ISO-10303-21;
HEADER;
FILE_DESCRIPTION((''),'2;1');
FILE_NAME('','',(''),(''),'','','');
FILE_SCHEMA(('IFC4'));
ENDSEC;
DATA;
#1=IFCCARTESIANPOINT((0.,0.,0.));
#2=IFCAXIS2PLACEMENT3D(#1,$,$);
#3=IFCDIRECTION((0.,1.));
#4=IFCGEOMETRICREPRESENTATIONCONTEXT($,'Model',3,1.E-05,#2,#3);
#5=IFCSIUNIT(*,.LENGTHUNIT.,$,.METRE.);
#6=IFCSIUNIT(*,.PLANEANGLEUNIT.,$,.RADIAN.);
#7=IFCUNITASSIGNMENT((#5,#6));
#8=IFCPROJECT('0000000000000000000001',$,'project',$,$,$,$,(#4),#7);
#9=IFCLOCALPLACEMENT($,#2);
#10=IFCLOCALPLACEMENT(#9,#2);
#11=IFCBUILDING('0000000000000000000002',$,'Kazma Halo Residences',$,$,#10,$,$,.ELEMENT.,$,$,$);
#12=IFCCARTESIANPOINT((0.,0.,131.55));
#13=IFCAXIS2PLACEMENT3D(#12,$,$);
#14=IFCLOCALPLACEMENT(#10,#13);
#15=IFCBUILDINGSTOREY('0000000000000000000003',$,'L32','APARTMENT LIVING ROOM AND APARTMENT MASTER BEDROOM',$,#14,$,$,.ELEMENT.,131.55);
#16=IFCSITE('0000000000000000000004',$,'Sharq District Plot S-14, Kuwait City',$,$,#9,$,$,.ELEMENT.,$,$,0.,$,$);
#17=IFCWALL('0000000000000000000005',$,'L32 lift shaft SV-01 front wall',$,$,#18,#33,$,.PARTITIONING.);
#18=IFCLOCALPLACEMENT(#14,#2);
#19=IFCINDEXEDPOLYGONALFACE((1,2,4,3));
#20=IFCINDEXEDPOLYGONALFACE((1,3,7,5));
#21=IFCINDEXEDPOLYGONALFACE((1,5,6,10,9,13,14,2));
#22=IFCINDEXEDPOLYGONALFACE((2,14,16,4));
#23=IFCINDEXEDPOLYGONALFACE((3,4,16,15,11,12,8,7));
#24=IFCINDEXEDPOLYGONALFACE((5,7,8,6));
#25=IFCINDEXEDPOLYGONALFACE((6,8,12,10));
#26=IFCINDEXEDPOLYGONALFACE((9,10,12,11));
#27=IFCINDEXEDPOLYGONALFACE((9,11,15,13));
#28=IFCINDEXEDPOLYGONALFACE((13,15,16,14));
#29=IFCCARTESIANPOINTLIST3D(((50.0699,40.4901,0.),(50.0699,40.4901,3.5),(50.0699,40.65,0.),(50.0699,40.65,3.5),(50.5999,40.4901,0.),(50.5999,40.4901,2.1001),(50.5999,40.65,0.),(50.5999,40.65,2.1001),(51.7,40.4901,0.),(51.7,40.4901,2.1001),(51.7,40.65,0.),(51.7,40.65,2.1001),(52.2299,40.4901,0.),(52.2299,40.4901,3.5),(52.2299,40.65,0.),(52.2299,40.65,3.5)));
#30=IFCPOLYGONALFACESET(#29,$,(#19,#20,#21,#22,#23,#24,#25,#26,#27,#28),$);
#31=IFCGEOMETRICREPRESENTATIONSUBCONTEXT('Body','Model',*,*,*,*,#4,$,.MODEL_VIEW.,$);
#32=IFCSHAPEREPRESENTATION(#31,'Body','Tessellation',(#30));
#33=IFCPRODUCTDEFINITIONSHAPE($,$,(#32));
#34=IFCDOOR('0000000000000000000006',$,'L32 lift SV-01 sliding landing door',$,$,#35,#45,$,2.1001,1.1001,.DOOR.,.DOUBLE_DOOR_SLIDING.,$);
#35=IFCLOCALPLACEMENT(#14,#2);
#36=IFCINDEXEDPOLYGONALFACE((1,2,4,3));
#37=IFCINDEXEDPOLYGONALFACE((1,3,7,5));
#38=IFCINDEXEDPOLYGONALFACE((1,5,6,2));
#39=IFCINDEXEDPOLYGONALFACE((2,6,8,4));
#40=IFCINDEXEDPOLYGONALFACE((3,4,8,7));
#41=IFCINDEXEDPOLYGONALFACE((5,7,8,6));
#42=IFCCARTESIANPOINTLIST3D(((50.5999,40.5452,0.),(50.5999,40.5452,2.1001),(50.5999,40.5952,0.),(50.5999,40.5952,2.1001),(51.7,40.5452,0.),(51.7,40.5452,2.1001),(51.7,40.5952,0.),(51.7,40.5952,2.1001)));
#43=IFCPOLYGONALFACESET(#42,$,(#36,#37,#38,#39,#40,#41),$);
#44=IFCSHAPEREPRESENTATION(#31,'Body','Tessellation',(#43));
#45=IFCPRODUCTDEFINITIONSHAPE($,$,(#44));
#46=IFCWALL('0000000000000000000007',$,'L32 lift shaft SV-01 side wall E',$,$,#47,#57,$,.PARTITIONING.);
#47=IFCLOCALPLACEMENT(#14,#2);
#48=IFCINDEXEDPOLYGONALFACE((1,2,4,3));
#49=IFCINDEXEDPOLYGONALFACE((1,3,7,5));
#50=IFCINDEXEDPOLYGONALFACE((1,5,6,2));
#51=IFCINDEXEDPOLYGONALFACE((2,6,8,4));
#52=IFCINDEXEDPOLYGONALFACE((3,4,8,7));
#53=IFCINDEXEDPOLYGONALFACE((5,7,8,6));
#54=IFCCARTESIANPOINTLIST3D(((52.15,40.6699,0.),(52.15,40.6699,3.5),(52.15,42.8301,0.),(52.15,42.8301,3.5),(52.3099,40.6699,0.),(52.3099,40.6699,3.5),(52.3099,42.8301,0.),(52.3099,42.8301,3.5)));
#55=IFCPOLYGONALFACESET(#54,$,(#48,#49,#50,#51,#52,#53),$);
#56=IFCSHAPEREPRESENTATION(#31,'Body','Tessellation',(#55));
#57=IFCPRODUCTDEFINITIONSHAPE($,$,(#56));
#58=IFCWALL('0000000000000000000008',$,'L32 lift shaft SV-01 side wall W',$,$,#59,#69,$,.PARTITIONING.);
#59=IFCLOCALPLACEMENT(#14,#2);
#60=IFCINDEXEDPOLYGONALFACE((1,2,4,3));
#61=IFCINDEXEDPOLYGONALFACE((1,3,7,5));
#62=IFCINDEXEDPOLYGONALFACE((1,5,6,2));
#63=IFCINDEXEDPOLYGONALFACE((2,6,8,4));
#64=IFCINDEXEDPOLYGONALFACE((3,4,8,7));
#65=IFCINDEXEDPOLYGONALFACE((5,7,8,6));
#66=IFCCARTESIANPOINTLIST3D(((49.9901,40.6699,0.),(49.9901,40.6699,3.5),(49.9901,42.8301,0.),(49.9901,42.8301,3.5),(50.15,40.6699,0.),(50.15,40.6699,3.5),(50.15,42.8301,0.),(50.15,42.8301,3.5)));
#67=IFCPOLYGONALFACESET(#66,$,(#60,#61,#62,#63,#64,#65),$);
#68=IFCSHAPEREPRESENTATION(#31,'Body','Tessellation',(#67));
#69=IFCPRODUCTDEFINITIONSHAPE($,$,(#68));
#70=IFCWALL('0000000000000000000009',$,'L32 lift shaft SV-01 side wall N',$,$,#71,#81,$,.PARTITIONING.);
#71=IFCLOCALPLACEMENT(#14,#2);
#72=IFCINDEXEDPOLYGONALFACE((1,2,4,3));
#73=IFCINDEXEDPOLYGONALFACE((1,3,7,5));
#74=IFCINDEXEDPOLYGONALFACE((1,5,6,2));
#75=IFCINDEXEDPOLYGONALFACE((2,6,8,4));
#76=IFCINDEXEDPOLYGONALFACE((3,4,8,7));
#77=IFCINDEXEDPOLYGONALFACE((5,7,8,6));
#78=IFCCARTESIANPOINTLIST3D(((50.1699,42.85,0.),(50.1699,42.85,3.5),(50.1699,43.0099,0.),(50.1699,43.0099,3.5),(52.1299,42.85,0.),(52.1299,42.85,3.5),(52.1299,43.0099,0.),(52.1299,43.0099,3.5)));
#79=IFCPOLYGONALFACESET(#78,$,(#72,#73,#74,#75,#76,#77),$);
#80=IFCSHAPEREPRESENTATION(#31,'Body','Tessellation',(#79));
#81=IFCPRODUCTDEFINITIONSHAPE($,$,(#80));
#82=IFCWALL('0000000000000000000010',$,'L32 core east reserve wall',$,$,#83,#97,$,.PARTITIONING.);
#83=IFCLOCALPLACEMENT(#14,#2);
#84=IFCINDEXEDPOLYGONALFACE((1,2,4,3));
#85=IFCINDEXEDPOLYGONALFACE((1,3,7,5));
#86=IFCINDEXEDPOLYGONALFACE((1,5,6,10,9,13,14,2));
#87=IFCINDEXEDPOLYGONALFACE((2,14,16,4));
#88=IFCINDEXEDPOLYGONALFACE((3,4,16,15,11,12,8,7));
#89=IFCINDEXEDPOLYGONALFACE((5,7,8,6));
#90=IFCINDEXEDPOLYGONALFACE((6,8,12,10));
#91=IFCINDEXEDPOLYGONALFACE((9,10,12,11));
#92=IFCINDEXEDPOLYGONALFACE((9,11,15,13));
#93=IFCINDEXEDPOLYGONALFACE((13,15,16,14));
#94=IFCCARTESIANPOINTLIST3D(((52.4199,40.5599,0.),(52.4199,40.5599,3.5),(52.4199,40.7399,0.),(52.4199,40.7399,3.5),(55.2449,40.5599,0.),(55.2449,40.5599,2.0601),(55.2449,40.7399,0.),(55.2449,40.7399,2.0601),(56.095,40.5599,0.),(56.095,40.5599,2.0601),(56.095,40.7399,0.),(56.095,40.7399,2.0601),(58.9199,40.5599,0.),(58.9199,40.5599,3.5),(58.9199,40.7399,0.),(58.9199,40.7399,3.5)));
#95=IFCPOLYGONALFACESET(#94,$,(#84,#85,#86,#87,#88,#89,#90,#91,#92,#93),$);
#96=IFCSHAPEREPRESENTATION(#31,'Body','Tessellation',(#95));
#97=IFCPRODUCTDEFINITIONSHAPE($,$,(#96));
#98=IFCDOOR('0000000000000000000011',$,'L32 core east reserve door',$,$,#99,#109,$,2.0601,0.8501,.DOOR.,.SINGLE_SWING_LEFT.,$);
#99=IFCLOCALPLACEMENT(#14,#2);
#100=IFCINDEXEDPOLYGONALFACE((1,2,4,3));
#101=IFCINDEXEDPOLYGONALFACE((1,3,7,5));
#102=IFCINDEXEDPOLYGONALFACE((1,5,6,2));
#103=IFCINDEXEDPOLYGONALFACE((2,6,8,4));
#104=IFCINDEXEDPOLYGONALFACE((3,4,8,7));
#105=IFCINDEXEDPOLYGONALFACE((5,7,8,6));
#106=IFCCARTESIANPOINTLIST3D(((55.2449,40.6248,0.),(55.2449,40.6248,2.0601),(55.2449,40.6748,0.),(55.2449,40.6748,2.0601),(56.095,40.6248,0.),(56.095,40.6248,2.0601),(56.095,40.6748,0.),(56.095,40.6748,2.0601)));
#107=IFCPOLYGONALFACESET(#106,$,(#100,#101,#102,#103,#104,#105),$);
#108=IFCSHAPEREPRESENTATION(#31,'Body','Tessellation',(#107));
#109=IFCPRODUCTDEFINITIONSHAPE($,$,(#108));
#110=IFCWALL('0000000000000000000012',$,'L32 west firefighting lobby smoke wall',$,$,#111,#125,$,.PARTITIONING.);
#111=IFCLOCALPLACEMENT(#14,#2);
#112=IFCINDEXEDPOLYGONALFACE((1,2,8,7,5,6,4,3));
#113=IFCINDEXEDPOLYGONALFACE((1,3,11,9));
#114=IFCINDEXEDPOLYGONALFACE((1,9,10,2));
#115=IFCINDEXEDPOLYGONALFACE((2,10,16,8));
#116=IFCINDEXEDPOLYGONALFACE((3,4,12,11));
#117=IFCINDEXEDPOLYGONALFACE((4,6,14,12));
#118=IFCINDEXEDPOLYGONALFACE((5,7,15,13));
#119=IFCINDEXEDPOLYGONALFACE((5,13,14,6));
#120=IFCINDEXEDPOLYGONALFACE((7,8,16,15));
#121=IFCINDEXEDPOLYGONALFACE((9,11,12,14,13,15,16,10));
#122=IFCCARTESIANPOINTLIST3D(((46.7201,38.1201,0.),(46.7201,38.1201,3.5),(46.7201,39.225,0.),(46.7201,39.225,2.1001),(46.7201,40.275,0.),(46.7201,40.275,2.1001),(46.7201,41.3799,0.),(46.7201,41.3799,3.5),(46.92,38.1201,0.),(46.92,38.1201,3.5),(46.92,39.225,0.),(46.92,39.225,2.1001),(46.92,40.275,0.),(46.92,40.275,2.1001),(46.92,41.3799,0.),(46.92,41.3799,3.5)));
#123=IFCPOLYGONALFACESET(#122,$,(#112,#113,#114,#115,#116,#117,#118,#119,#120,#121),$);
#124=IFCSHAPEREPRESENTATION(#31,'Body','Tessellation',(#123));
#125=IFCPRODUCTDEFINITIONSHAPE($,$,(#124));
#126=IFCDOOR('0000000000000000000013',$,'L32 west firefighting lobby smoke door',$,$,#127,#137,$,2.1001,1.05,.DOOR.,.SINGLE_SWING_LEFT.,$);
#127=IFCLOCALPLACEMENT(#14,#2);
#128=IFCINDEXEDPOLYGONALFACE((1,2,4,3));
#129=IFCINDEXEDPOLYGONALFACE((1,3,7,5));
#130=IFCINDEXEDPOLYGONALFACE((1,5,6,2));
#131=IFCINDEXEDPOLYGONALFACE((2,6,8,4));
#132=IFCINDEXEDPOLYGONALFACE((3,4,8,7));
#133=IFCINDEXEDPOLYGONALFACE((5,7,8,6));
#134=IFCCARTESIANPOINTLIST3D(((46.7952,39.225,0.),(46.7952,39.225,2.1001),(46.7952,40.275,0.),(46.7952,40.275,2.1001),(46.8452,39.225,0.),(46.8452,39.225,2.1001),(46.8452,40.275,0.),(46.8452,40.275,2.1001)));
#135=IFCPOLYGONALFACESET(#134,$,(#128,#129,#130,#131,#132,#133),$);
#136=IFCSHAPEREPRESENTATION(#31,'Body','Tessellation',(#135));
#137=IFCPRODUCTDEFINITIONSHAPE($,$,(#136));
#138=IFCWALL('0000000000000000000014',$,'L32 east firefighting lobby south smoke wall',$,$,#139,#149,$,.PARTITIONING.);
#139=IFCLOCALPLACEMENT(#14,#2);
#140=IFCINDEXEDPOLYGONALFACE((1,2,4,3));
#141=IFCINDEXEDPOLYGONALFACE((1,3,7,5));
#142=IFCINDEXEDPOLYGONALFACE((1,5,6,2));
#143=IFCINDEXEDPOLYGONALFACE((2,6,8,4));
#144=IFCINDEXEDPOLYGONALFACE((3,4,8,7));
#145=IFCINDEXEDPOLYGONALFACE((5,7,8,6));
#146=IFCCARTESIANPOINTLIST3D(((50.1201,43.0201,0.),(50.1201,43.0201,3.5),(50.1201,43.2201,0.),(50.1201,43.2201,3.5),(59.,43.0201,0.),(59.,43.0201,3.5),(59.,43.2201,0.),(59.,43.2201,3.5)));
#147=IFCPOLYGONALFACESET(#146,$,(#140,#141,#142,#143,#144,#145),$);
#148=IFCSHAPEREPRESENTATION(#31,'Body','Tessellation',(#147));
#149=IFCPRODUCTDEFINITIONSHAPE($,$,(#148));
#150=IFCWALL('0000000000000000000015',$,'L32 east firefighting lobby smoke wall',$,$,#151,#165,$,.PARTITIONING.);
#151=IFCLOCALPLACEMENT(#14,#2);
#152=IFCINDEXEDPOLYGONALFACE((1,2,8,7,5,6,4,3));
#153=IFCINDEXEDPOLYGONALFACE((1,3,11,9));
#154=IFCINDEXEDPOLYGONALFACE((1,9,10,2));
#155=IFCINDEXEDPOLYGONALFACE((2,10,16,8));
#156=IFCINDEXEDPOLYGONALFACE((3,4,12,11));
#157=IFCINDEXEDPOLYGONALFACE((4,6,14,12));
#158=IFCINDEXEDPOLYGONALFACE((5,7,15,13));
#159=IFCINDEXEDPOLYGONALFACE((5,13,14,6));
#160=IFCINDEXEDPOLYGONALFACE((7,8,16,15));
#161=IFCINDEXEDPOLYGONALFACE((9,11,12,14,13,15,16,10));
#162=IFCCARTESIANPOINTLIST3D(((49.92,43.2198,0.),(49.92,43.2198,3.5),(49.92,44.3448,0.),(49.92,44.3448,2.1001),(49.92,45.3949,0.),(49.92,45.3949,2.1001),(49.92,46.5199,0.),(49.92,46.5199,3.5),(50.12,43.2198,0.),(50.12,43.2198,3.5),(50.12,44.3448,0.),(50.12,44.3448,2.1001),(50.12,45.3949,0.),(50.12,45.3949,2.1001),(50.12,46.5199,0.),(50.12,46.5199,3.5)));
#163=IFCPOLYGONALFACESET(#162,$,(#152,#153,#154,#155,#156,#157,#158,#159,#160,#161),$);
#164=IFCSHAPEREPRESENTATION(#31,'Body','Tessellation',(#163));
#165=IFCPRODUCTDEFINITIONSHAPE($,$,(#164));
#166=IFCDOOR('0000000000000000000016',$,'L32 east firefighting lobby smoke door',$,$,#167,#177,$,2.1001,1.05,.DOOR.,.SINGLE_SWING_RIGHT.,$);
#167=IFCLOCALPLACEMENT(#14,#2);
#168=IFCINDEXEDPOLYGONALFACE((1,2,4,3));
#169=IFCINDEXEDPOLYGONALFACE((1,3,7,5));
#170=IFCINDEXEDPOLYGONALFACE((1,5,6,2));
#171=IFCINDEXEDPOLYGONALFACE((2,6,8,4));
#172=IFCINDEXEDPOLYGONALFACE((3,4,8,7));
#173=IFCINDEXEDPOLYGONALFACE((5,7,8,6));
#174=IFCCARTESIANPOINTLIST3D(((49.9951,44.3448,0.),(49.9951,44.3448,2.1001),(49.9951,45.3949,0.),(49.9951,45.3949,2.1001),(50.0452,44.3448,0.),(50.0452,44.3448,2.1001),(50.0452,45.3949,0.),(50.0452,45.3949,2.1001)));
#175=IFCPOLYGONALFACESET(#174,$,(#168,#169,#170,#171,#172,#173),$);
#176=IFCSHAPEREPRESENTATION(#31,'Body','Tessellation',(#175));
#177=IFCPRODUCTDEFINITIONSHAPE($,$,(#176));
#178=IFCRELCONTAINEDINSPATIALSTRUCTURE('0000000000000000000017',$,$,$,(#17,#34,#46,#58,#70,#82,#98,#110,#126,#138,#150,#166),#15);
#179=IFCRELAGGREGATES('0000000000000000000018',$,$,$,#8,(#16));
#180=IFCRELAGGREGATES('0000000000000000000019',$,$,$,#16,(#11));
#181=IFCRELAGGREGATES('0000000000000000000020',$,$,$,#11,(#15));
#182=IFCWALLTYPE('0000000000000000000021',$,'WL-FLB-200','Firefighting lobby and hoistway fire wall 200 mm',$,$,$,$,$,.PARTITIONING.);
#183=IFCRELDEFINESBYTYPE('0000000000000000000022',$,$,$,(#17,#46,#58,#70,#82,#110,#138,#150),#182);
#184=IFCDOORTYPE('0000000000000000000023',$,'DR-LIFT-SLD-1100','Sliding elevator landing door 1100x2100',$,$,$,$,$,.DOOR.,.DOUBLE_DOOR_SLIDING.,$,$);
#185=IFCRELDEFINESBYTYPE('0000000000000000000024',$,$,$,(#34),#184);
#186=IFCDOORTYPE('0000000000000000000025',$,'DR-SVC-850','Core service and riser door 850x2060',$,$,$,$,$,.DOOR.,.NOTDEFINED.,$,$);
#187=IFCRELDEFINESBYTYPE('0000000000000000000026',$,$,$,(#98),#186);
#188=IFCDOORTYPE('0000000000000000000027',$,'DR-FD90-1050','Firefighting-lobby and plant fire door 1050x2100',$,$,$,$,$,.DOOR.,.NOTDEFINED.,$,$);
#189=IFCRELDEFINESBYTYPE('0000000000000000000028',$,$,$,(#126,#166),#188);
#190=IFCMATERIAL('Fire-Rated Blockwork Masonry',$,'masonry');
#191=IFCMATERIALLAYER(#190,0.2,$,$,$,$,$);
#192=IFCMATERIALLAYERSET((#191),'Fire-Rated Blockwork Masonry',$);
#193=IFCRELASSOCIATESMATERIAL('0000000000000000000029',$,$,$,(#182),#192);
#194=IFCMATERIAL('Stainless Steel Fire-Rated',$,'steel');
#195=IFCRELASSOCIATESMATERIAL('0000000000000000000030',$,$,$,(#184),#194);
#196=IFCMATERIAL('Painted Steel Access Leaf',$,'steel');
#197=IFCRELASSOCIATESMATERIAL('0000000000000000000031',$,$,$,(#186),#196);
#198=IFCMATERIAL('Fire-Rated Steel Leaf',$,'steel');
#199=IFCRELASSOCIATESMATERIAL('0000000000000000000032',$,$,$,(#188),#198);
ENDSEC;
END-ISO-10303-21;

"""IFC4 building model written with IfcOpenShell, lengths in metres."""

from ifc_helpers import new_model, si_unit, direction, frame, frame_2d, origin, place, context, subcontext, project, spatial, rectangle, extrude, material, layer, layer_set, type_object, element, fill, save


model = new_model("IFC4")

# Units and contexts
model_context = context("Model", 3, precision=1e-05, world=origin(), true_north=direction((0.0, 1.0)))
body_context = subcontext(model_context, "Body", "Model", "MODEL_VIEW")
ifc_project = project(units=[si_unit("LENGTHUNIT", "METRE"), si_unit("PLANEANGLEUNIT", "RADIAN")], contexts=[model_context])

# Site, building, storey
site_placement = place(None, origin())
site = spatial("IfcSite", under=ifc_project, at=site_placement, Name="Sharq District Plot S-14, Kuwait City", CompositionType="ELEMENT", RefElevation=0.0)
building_placement = place(site_placement, origin())
building = spatial("IfcBuilding", under=site, at=building_placement, Name="Kazma Halo Residences", CompositionType="ELEMENT")
storey_placement = place(building_placement, frame((0.0, 0.0, 131.55)))
storey = spatial("IfcBuildingStorey", under=building, at=storey_placement, Name="L32", Description="APARTMENT LIVING ROOM AND APARTMENT MASTER BEDROOM", CompositionType="ELEMENT", Elevation=131.55)

# Shared definitions
ifc_material_1 = material(Name="Fire-Rated Blockwork Masonry", Category="masonry")
ifc_layer_1 = layer(ifc_material_1, 0.2)
ifc_layer_set_1 = layer_set([ifc_layer_1], Name="Fire-Rated Blockwork Masonry")
wall_type_1 = type_object("IfcWallType", Name="WL-FLB-200", Description="Firefighting lobby and hoistway fire wall 200 mm", PredefinedType="PARTITIONING", material=ifc_layer_set_1)

# Wall, opening, door
wall_1_placement = place(storey_placement, frame((52.23, 40.5701, 0.0), z_axis=(0.0, 0.0, 1.0), x_axis=(-1.0, 0.0, 0.0)))
wall_1 = element("IfcWall", 1, at=wall_1_placement, inside=storey, type_object=wall_type_1, Name="L32 lift shaft SV-01 front wall", PredefinedType="PARTITIONING", context=body_context, shape_type="SweptSolid", body=[
    extrude(rectangle(XDim=2.1599, YDim=0.1599, at=frame_2d((1.0801, 0.0))), origin(), (0.0, 0.0, 1.0), 3.5),
])
opening_1_placement = place(wall_1_placement, frame((0.53, 0.0, 0.0)))
opening_1 = element("IfcOpeningElement", 2, at=opening_1_placement, cuts=wall_1, PredefinedType="OPENING", context=body_context, shape_type="SweptSolid", body=[
    extrude(rectangle(XDim=1.1001, YDim=2.1001, at=frame_2d((0.55, 1.05))), frame((0.0, 0.0898, 0.0), z_axis=(0.0, -1.0, 0.0), x_axis=(1.0, 0.0, 0.0)), (0.0, 0.0, 1.0), 0.1799),
])
ifc_material_2 = material(Name="Stainless Steel Fire-Rated", Category="steel")
door_type_1 = type_object("IfcDoorType", Name="DR-LIFT-SLD-1100", Description="Sliding elevator landing door 1100x2100", OperationType="DOUBLE_DOOR_SLIDING", PredefinedType="DOOR", material=ifc_material_2)
door_1_placement = place(opening_1_placement, origin())
door_1 = element("IfcDoor", 3, at=door_1_placement, inside=storey, type_object=door_type_1, Name="L32 lift SV-01 sliding landing door", OperationType="DOUBLE_DOOR_SLIDING", OverallHeight=2.1001, OverallWidth=1.1001, PredefinedType="DOOR", context=body_context, shape_type="SweptSolid", body=[
    extrude(rectangle(XDim=1.1001, YDim=2.1001, at=frame_2d((0.55, 1.05))), frame((0.0, 0.0249, 0.0), z_axis=(0.0, -1.0, 0.0), x_axis=(1.0, 0.0, 0.0)), (0.0, 0.0, 1.0), 0.05),
])
fill(opening_1, door_1)

# Walls
for number, where, z_axis, x_axis, name in (
    (4, (52.23, 40.6699, 0.0), (0.0, 0.0, 1.0), (0.0, 1.0, 0.0), "L32 lift shaft SV-01 side wall E"),
    (5, (50.0701, 40.6699, 0.0), (0.0, 0.0, 1.0), (0.0, 1.0, 0.0), "L32 lift shaft SV-01 side wall W"),
):
    element("IfcWall", number, at=place(storey_placement, frame(where, z_axis=z_axis, x_axis=x_axis)), inside=storey, type_object=wall_type_1, Name=name, PredefinedType="PARTITIONING", context=body_context, shape_type="SweptSolid", body=[
        extrude(rectangle(XDim=2.1602, YDim=0.1599, at=frame_2d((1.0801, 0.0))), origin(), (0.0, 0.0, 1.0), 3.5),
    ])
wall_2_placement = place(storey_placement, frame((50.1699, 42.9299, 0.0), z_axis=(0.0, 0.0, 1.0), x_axis=(1.0, 0.0, 0.0)))
element("IfcWall", 6, at=wall_2_placement, inside=storey, type_object=wall_type_1, Name="L32 lift shaft SV-01 side wall N", PredefinedType="PARTITIONING", context=body_context, shape_type="SweptSolid", body=[
    extrude(rectangle(XDim=1.96, YDim=0.1599, at=frame_2d((0.98, 0.0))), origin(), (0.0, 0.0, 1.0), 3.5),
])

# Walls, openings, doors
wall_3_placement = place(storey_placement, frame((52.4199, 40.6499, 0.0), z_axis=(0.0, 0.0, 1.0), x_axis=(1.0, 0.0, 0.0)))
wall_3 = element("IfcWall", 7, at=wall_3_placement, inside=storey, type_object=wall_type_1, Name="L32 core east reserve wall", PredefinedType="PARTITIONING", context=body_context, shape_type="SweptSolid", body=[
    extrude(rectangle(XDim=6.5, YDim=0.1799, at=frame_2d((3.25, 0.0))), origin(), (0.0, 0.0, 1.0), 3.5),
])
opening_2_placement = place(wall_3_placement, frame((2.825, 0.0, 0.0)))
opening_2 = element("IfcOpeningElement", 8, at=opening_2_placement, cuts=wall_3, PredefinedType="OPENING", context=body_context, shape_type="SweptSolid", body=[
    extrude(rectangle(XDim=0.8501, YDim=2.0601, at=frame_2d((0.425, 1.03))), frame((0.0, 0.0999, 0.0), z_axis=(0.0, -1.0, 0.0), x_axis=(1.0, 0.0, 0.0)), (0.0, 0.0, 1.0), 0.2),
])
ifc_material_3 = material(Name="Painted Steel Access Leaf", Category="steel")
door_type_2 = type_object("IfcDoorType", Name="DR-SVC-850", Description="Core service and riser door 850x2060", OperationType="NOTDEFINED", PredefinedType="DOOR", material=ifc_material_3)
door_2_placement = place(opening_2_placement, origin())
door_2 = element("IfcDoor", 9, at=door_2_placement, inside=storey, type_object=door_type_2, Name="L32 core east reserve door", OperationType="SINGLE_SWING_LEFT", OverallHeight=2.0601, OverallWidth=0.8501, PredefinedType="DOOR", context=body_context, shape_type="SweptSolid", body=[
    extrude(rectangle(XDim=0.8501, YDim=2.0601, at=frame_2d((0.425, 1.03))), frame((0.0, 0.0249, 0.0), z_axis=(0.0, -1.0, 0.0), x_axis=(1.0, 0.0, 0.0)), (0.0, 0.0, 1.0), 0.05),
])
fill(opening_2, door_2)
wall_4_placement = place(storey_placement, frame((46.8201, 38.1201, 0.0), z_axis=(0.0, 0.0, 1.0), x_axis=(0.0, 1.0, 0.0)))
wall_4 = element("IfcWall", 10, at=wall_4_placement, inside=storey, type_object=wall_type_1, Name="L32 west firefighting lobby smoke wall", PredefinedType="PARTITIONING", context=body_context, shape_type="SweptSolid", body=[
    extrude(rectangle(XDim=3.2598, YDim=0.2, at=frame_2d((1.6299, 0.0))), origin(), (0.0, 0.0, 1.0), 3.5),
])
opening_3_placement = place(wall_4_placement, frame((1.105, 0.0, 0.0)))
opening_3 = element("IfcOpeningElement", 11, at=opening_3_placement, cuts=wall_4, PredefinedType="OPENING", context=body_context, shape_type="SweptSolid", body=[
    extrude(rectangle(XDim=1.05, YDim=2.1001, at=frame_2d((0.5249, 1.05))), frame((0.0, 0.1099, 0.0), z_axis=(0.0, -1.0, 0.0), x_axis=(1.0, 0.0, 0.0)), (0.0, 0.0, 1.0), 0.22),
])
ifc_material_4 = material(Name="Fire-Rated Steel Leaf", Category="steel")
door_type_3 = type_object("IfcDoorType", Name="DR-FD90-1050", Description="Firefighting-lobby and plant fire door 1050x2100", OperationType="NOTDEFINED", PredefinedType="DOOR", material=ifc_material_4)
door_3_placement = place(opening_3_placement, origin())
door_3 = element("IfcDoor", 12, at=door_3_placement, inside=storey, type_object=door_type_3, Name="L32 west firefighting lobby smoke door", OperationType="SINGLE_SWING_LEFT", OverallHeight=2.1001, OverallWidth=1.05, PredefinedType="DOOR", context=body_context, shape_type="SweptSolid", body=[
    extrude(rectangle(XDim=1.05, YDim=2.1001, at=frame_2d((0.5249, 1.05))), frame((0.0, 0.0249, 0.0), z_axis=(0.0, -1.0, 0.0), x_axis=(1.0, 0.0, 0.0)), (0.0, 0.0, 1.0), 0.05),
])
fill(opening_3, door_3)

# Wall
wall_5_placement = place(storey_placement, frame((50.1201, 43.1201, 0.0), z_axis=(0.0, 0.0, 1.0), x_axis=(1.0, 0.0, 0.0)))
element("IfcWall", 13, at=wall_5_placement, inside=storey, type_object=wall_type_1, Name="L32 east firefighting lobby south smoke wall", PredefinedType="PARTITIONING", context=body_context, shape_type="SweptSolid", body=[
    extrude(rectangle(XDim=8.8799, YDim=0.2, at=frame_2d((4.4399, 0.0))), origin(), (0.0, 0.0, 1.0), 3.5),
])

# Wall, opening, door
wall_6_placement = place(storey_placement, frame((50.02, 43.22, 0.0), z_axis=(0.0, 0.0, 1.0), x_axis=(0.0, 1.0, 0.0)))
wall_6 = element("IfcWall", 14, at=wall_6_placement, inside=storey, type_object=wall_type_1, Name="L32 east firefighting lobby smoke wall", PredefinedType="PARTITIONING", context=body_context, shape_type="SweptSolid", body=[
    extrude(rectangle(XDim=3.3, YDim=0.2, at=frame_2d((1.6499, 0.0))), origin(), (0.0, 0.0, 1.0), 3.5),
])
opening_4_placement = place(wall_6_placement, frame((1.125, 0.0, 0.0)))
opening_4 = element("IfcOpeningElement", 15, at=opening_4_placement, cuts=wall_6, PredefinedType="OPENING", context=body_context, shape_type="SweptSolid", body=[
    extrude(rectangle(XDim=1.05, YDim=2.1001, at=frame_2d((0.5249, 1.05))), frame((0.0, 0.1099, 0.0), z_axis=(0.0, -1.0, 0.0), x_axis=(1.0, 0.0, 0.0)), (0.0, 0.0, 1.0), 0.22),
])
door_4_placement = place(opening_4_placement, origin())
door_4 = element("IfcDoor", 16, at=door_4_placement, inside=storey, type_object=door_type_3, Name="L32 east firefighting lobby smoke door", OperationType="SINGLE_SWING_RIGHT", OverallHeight=2.1001, OverallWidth=1.05, PredefinedType="DOOR", context=body_context, shape_type="SweptSolid", body=[
    extrude(rectangle(XDim=1.05, YDim=2.1001, at=frame_2d((0.5249, 1.05))), frame((0.0, 0.0249, 0.0), z_axis=(0.0, -1.0, 0.0), x_axis=(1.0, 0.0, 0.0)), (0.0, 0.0, 1.0), 0.05),
])
fill(opening_4, door_4)

save(model, "model.ifc")
